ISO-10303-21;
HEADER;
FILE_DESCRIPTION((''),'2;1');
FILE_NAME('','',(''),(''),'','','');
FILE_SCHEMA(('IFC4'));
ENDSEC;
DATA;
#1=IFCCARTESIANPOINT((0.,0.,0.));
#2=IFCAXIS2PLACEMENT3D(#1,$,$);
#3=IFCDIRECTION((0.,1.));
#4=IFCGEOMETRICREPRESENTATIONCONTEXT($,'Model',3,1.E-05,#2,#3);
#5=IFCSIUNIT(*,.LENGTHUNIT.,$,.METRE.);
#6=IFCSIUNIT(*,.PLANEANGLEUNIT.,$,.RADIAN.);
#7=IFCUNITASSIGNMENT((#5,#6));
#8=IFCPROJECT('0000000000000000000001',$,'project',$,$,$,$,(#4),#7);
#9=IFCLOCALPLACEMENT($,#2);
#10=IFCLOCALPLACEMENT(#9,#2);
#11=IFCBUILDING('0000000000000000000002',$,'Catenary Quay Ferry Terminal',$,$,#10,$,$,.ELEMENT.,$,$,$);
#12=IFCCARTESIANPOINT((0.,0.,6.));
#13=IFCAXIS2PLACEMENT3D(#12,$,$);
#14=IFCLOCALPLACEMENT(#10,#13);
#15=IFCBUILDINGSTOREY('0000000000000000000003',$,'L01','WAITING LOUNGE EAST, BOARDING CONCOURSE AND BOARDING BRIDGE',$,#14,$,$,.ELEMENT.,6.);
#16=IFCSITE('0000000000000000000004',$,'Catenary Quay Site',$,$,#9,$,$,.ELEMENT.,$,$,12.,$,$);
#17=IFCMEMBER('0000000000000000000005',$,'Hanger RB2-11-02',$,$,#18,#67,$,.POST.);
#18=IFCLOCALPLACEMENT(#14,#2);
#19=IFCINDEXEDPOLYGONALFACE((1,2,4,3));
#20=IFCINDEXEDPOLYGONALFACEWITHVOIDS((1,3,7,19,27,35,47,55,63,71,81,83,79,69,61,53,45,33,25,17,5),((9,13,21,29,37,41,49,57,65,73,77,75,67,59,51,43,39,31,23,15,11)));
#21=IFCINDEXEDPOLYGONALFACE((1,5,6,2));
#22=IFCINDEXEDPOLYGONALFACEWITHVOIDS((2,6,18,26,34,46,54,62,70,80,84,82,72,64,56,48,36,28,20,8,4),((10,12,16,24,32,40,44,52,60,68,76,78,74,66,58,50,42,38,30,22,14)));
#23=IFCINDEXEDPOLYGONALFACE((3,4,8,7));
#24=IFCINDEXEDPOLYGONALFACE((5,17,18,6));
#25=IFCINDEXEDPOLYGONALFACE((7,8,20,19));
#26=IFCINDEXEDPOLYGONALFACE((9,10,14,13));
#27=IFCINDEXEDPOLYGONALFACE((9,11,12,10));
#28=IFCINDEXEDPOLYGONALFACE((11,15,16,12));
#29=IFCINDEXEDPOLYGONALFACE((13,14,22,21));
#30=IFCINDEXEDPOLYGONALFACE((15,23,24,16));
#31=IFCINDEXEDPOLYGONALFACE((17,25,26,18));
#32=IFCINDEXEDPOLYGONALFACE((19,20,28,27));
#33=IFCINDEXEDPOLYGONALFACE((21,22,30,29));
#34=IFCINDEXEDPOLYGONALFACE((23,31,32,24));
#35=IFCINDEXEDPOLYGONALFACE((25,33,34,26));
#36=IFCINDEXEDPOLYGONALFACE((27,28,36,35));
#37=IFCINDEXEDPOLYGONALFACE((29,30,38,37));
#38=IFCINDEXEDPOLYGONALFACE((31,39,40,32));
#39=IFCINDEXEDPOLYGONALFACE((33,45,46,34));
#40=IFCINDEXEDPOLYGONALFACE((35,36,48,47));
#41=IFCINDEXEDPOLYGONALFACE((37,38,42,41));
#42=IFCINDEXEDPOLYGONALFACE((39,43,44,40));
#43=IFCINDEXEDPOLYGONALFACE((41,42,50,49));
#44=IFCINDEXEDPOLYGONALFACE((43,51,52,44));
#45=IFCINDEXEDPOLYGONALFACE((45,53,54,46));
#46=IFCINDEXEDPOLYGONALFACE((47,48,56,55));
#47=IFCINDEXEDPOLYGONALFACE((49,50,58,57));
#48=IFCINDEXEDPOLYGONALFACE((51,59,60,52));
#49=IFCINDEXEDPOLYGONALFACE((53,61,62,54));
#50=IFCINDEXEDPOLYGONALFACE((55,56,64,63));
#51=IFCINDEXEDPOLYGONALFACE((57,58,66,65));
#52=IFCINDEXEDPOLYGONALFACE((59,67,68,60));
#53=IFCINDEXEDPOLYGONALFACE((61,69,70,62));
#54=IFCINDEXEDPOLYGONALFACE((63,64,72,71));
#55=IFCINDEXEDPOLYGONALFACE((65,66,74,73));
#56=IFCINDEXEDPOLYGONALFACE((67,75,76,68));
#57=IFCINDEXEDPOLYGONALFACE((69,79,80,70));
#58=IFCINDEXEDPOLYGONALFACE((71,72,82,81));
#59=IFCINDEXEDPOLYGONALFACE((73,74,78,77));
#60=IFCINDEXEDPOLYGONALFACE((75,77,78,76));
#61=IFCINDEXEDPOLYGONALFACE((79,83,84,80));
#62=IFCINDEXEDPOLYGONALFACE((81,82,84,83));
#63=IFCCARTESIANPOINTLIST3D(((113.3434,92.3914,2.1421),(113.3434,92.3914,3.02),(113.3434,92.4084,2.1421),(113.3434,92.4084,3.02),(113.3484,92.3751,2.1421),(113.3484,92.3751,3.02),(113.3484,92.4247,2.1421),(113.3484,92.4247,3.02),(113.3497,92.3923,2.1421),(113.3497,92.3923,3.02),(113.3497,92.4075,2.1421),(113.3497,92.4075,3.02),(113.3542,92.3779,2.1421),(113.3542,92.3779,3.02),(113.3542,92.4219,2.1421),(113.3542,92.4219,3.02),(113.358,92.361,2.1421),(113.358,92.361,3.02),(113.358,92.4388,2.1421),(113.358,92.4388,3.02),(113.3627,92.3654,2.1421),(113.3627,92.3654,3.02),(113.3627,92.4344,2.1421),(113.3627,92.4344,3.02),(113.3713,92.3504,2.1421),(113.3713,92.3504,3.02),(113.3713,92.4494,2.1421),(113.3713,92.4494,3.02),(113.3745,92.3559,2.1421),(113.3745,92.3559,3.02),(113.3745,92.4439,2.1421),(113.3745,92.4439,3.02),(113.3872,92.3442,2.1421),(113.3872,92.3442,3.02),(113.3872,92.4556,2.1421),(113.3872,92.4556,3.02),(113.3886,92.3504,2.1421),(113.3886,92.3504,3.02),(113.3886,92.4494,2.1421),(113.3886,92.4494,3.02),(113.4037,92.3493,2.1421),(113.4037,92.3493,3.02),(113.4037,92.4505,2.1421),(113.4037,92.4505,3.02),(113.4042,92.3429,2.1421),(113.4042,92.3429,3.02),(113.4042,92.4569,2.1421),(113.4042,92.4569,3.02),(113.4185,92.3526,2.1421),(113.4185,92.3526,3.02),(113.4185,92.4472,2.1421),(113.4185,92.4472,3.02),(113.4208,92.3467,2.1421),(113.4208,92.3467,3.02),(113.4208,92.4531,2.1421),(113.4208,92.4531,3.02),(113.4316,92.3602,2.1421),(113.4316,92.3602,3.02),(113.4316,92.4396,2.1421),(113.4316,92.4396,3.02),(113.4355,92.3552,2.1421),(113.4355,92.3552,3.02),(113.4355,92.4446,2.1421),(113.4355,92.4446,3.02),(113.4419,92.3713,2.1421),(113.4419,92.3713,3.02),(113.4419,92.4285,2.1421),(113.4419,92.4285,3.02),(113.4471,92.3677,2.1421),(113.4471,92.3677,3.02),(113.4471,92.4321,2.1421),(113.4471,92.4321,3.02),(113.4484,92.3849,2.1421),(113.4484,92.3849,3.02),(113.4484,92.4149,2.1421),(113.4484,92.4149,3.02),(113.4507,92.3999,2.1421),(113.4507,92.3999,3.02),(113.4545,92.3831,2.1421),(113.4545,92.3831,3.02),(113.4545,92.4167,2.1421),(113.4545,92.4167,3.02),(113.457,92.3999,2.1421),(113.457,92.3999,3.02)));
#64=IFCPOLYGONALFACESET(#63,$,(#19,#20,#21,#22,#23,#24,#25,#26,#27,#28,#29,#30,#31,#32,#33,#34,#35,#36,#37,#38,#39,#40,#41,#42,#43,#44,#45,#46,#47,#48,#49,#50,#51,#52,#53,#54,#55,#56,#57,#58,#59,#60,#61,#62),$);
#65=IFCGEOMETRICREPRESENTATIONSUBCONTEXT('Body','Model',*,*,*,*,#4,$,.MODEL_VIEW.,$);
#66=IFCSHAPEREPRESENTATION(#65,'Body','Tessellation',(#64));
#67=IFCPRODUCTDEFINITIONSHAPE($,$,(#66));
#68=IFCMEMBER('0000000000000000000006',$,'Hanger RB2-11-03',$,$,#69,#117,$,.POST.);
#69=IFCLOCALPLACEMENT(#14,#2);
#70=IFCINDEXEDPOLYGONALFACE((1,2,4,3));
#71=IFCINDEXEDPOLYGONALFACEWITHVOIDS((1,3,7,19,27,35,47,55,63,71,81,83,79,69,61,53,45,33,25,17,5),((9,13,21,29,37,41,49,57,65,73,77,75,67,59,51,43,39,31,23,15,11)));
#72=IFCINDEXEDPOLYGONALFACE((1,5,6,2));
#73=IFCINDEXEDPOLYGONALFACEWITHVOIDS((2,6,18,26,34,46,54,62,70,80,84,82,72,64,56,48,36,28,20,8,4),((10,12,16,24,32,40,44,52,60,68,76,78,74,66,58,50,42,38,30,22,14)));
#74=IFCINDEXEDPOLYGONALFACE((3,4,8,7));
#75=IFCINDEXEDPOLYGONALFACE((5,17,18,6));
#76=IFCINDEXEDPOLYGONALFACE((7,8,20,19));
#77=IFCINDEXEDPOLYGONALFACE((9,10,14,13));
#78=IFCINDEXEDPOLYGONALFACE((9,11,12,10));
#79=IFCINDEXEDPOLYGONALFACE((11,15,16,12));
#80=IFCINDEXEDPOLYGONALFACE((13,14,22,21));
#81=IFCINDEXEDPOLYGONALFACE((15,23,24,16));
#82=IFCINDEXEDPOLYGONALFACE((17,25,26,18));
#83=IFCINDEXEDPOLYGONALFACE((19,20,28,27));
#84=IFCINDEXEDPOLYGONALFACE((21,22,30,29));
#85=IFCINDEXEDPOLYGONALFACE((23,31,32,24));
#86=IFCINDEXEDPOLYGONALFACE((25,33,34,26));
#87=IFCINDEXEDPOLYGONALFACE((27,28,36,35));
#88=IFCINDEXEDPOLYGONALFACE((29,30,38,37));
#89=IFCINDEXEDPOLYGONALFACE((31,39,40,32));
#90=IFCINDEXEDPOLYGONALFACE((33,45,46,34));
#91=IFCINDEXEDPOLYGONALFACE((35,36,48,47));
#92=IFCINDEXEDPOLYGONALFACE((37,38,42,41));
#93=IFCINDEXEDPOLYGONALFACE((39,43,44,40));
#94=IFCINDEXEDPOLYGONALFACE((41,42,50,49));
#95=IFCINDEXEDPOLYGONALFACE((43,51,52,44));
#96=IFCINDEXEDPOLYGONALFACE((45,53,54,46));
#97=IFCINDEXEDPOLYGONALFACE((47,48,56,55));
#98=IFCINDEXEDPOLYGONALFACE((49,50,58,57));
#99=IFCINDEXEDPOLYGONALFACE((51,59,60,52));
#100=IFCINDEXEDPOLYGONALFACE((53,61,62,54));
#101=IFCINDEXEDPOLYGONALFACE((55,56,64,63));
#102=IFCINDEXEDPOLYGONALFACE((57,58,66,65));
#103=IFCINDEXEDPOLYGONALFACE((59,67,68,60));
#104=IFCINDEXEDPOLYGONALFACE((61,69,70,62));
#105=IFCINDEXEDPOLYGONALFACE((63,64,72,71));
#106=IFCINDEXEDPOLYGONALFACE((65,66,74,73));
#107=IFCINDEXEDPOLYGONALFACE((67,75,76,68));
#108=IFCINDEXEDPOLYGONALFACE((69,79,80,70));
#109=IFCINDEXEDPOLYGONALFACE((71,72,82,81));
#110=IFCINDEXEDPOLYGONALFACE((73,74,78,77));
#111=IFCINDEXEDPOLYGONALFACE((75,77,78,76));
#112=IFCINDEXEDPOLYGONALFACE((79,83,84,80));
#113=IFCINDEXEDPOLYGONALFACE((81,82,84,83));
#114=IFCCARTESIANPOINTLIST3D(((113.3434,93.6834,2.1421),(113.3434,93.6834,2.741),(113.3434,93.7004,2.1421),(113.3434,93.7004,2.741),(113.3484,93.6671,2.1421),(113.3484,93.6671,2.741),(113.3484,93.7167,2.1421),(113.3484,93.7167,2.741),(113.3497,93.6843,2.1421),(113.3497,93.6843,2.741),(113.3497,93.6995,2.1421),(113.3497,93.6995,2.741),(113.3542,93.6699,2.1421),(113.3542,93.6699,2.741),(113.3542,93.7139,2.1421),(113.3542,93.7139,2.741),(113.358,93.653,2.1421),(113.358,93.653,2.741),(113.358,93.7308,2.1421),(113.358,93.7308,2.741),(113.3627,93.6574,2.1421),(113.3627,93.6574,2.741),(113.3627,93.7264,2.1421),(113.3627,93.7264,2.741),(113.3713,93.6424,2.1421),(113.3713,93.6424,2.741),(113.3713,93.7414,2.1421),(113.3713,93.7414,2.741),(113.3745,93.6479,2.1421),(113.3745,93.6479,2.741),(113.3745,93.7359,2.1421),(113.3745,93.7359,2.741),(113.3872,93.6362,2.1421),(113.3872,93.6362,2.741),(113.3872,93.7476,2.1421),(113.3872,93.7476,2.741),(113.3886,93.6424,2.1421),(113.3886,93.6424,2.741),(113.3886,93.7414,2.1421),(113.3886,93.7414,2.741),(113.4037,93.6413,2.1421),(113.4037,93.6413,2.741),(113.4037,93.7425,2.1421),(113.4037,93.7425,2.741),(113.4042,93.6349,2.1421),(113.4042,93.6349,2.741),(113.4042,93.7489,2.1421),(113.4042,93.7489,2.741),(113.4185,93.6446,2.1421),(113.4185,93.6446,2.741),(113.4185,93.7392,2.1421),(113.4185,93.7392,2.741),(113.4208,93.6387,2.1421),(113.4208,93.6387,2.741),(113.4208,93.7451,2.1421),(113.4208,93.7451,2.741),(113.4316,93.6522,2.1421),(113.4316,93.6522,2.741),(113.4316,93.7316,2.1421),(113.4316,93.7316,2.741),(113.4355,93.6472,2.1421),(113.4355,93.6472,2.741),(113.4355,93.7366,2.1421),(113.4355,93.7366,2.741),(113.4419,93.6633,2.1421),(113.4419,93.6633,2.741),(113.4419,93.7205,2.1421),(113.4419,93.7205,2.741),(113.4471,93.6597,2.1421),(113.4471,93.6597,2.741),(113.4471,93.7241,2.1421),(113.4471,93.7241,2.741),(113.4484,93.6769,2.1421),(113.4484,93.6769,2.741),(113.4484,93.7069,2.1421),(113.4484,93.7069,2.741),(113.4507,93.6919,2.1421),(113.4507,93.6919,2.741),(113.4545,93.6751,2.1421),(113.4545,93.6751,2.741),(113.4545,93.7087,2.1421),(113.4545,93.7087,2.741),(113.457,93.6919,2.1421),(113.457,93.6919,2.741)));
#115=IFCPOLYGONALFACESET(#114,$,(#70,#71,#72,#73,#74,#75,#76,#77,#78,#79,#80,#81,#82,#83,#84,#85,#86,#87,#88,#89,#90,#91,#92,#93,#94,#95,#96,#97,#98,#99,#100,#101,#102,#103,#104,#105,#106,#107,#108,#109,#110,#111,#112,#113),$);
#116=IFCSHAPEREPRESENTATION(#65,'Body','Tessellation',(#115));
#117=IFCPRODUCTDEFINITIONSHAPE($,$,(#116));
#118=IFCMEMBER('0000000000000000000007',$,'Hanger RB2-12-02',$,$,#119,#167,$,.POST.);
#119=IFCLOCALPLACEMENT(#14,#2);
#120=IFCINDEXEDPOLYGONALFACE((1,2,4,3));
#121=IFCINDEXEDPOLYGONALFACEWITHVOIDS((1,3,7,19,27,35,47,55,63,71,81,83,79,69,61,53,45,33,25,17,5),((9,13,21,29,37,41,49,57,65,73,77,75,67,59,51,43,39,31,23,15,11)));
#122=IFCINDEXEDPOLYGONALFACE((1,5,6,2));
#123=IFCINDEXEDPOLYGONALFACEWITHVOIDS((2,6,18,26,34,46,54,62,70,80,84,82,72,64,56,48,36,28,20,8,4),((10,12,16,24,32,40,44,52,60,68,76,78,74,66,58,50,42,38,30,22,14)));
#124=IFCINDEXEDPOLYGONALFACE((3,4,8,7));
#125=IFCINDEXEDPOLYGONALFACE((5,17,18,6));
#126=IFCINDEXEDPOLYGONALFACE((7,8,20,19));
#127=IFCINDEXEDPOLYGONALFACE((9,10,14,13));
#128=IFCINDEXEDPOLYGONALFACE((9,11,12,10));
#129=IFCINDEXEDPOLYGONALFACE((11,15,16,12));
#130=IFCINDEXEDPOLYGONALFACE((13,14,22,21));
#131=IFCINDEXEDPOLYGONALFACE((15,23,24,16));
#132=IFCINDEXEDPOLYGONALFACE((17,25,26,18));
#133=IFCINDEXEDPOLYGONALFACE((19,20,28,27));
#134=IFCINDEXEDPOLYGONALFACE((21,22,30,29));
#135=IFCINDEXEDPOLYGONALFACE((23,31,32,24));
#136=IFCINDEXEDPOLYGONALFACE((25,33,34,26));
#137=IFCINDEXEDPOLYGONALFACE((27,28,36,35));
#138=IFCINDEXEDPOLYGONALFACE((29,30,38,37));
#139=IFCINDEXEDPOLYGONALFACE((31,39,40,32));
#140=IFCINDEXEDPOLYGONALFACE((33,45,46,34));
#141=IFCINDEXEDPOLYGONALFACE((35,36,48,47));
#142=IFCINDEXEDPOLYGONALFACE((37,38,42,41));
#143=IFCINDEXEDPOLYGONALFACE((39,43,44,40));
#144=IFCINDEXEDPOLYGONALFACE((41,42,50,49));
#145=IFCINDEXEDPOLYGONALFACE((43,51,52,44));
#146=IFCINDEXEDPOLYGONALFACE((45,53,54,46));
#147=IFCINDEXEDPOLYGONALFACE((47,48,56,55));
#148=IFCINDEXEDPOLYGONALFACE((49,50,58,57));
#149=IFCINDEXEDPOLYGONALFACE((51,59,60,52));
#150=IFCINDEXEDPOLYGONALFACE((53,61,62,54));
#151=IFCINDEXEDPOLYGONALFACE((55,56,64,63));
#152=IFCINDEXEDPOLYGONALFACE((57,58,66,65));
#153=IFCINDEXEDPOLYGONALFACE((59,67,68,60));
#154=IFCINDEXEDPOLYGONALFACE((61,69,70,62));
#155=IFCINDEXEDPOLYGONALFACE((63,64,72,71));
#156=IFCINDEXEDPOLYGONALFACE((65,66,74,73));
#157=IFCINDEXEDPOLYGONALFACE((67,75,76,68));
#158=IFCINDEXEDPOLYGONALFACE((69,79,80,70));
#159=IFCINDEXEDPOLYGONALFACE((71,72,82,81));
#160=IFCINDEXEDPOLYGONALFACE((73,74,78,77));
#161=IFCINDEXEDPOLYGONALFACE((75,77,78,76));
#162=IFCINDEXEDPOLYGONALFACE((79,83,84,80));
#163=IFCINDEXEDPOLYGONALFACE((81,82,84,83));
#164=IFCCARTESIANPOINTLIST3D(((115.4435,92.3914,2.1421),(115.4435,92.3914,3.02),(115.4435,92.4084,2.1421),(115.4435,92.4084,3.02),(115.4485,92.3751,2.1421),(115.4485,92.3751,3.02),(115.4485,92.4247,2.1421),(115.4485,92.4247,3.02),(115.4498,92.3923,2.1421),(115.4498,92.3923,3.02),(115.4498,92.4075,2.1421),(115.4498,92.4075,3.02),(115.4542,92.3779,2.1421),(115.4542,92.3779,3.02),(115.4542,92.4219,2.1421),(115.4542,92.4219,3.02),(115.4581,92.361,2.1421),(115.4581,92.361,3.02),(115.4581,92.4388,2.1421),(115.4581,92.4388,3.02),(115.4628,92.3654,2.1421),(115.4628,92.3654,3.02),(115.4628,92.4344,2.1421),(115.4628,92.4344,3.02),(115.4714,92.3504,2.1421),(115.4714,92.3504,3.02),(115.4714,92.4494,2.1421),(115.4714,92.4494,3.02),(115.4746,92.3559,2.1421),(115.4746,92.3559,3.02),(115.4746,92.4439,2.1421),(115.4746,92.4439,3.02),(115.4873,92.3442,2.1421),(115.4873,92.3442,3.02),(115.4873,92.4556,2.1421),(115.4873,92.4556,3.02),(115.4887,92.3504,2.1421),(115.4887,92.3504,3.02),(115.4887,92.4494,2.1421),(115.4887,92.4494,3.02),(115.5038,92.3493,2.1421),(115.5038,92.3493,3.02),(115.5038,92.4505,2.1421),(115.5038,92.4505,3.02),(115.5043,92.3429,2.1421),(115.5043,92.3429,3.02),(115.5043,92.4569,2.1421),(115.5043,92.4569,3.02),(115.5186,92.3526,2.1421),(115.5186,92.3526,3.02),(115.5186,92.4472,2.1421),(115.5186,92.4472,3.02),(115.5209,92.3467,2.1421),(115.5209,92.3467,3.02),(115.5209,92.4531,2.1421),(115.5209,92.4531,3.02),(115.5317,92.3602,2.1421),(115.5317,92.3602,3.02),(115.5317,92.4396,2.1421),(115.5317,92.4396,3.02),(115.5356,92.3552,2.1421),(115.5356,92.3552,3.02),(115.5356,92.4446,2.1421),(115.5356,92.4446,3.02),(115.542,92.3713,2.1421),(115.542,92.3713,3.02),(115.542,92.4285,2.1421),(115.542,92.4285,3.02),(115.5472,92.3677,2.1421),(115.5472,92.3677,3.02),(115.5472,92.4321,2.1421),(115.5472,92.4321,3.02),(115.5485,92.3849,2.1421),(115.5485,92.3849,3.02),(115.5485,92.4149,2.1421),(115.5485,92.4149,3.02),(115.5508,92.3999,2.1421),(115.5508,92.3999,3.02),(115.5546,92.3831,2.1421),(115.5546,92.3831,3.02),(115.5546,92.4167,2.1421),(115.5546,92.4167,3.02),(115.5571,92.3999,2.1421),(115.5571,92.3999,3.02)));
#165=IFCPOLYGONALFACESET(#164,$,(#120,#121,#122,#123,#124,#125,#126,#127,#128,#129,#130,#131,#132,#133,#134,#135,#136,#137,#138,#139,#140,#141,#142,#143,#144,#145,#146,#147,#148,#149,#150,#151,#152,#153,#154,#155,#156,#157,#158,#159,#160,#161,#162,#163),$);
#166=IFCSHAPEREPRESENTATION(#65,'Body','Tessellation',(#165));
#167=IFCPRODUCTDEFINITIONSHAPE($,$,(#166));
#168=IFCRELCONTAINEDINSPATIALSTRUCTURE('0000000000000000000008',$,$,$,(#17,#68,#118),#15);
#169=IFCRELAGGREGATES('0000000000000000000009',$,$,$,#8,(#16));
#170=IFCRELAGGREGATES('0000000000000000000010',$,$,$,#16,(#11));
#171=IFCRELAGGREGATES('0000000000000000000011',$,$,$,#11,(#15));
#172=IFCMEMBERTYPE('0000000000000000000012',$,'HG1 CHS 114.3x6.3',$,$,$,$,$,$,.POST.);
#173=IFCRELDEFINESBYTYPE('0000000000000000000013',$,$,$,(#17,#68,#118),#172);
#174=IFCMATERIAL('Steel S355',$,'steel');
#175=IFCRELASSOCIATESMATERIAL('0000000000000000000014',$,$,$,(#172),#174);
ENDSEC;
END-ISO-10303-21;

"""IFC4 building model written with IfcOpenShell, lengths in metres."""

from ifc_helpers import new_model, si_unit, direction, frame, origin, origin_2d, place, context, subcontext, project, spatial, hollow_circle, extrude, material, material_profile, profile_set, type_object, element, save


model = new_model("IFC4")

# Units and contexts
model_context = context("Model", 3, precision=1e-05, world=origin(), true_north=direction((0.0, 1.0)))
body_context = subcontext(model_context, "Body", "Model", "MODEL_VIEW")
ifc_project = project(units=[si_unit("LENGTHUNIT", "METRE"), si_unit("PLANEANGLEUNIT", "RADIAN")], contexts=[model_context])

# Site, building, storey
site_placement = place(None, origin())
site = spatial("IfcSite", under=ifc_project, at=site_placement, Name="Catenary Quay Site", CompositionType="ELEMENT", RefElevation=12.0)
building_placement = place(site_placement, origin())
building = spatial("IfcBuilding", under=site, at=building_placement, Name="Catenary Quay Ferry Terminal", CompositionType="ELEMENT")
storey_placement = place(building_placement, frame((0.0, 0.0, 6.0)))
storey = spatial("IfcBuildingStorey", under=building, at=storey_placement, Name="L01", Description="WAITING LOUNGE EAST, BOARDING CONCOURSE AND BOARDING BRIDGE", CompositionType="ELEMENT", Elevation=6.0)

# Members
ifc_material_1 = material(Name="Steel S355", Category="steel")
ifc_material_profile_1 = material_profile(ifc_material_1, hollow_circle(Radius=0.0571, WallThickness=0.0063, at=origin_2d()), Name="CHS 114.3x6.3")
ifc_profile_set_1 = profile_set([ifc_material_profile_1], Name="Steel S355")
member_type_1 = type_object("IfcMemberType", Name="HG1 CHS 114.3x6.3", PredefinedType="POST", material=ifc_profile_set_1)
member_1_placement = place(storey_placement, frame((113.3999, 92.3999, 2.1421), z_axis=(0.0, 0.0, 1.0), x_axis=(1.0, 0.0, 0.0)))
element("IfcMember", 1, at=member_1_placement, inside=storey, type_object=member_type_1, Name="Hanger RB2-11-02", PredefinedType="POST", context=body_context, shape_type="SweptSolid", body=[
    extrude(hollow_circle(Radius=0.0571, WallThickness=0.0063, at=origin_2d()), origin(), (0.0, 0.0, 1.0), 0.8779),
])
member_2_placement = place(storey_placement, frame((113.3999, 93.6919, 2.1421), z_axis=(0.0, 0.0, 1.0), x_axis=(1.0, 0.0, 0.0)))
element("IfcMember", 2, at=member_2_placement, inside=storey, type_object=member_type_1, Name="Hanger RB2-11-03", PredefinedType="POST", context=body_context, shape_type="SweptSolid", body=[
    extrude(hollow_circle(Radius=0.0571, WallThickness=0.0063, at=origin_2d()), origin(), (0.0, 0.0, 1.0), 0.5989),
])
member_3_placement = place(storey_placement, frame((115.5, 92.3999, 2.1421), z_axis=(0.0, 0.0, 1.0), x_axis=(1.0, 0.0, 0.0)))
element("IfcMember", 3, at=member_3_placement, inside=storey, type_object=member_type_1, Name="Hanger RB2-12-02", PredefinedType="POST", context=body_context, shape_type="SweptSolid", body=[
    extrude(hollow_circle(Radius=0.0571, WallThickness=0.0063, at=origin_2d()), origin(), (0.0, 0.0, 1.0), 0.8779),
])

save(model, "model.ifc")
